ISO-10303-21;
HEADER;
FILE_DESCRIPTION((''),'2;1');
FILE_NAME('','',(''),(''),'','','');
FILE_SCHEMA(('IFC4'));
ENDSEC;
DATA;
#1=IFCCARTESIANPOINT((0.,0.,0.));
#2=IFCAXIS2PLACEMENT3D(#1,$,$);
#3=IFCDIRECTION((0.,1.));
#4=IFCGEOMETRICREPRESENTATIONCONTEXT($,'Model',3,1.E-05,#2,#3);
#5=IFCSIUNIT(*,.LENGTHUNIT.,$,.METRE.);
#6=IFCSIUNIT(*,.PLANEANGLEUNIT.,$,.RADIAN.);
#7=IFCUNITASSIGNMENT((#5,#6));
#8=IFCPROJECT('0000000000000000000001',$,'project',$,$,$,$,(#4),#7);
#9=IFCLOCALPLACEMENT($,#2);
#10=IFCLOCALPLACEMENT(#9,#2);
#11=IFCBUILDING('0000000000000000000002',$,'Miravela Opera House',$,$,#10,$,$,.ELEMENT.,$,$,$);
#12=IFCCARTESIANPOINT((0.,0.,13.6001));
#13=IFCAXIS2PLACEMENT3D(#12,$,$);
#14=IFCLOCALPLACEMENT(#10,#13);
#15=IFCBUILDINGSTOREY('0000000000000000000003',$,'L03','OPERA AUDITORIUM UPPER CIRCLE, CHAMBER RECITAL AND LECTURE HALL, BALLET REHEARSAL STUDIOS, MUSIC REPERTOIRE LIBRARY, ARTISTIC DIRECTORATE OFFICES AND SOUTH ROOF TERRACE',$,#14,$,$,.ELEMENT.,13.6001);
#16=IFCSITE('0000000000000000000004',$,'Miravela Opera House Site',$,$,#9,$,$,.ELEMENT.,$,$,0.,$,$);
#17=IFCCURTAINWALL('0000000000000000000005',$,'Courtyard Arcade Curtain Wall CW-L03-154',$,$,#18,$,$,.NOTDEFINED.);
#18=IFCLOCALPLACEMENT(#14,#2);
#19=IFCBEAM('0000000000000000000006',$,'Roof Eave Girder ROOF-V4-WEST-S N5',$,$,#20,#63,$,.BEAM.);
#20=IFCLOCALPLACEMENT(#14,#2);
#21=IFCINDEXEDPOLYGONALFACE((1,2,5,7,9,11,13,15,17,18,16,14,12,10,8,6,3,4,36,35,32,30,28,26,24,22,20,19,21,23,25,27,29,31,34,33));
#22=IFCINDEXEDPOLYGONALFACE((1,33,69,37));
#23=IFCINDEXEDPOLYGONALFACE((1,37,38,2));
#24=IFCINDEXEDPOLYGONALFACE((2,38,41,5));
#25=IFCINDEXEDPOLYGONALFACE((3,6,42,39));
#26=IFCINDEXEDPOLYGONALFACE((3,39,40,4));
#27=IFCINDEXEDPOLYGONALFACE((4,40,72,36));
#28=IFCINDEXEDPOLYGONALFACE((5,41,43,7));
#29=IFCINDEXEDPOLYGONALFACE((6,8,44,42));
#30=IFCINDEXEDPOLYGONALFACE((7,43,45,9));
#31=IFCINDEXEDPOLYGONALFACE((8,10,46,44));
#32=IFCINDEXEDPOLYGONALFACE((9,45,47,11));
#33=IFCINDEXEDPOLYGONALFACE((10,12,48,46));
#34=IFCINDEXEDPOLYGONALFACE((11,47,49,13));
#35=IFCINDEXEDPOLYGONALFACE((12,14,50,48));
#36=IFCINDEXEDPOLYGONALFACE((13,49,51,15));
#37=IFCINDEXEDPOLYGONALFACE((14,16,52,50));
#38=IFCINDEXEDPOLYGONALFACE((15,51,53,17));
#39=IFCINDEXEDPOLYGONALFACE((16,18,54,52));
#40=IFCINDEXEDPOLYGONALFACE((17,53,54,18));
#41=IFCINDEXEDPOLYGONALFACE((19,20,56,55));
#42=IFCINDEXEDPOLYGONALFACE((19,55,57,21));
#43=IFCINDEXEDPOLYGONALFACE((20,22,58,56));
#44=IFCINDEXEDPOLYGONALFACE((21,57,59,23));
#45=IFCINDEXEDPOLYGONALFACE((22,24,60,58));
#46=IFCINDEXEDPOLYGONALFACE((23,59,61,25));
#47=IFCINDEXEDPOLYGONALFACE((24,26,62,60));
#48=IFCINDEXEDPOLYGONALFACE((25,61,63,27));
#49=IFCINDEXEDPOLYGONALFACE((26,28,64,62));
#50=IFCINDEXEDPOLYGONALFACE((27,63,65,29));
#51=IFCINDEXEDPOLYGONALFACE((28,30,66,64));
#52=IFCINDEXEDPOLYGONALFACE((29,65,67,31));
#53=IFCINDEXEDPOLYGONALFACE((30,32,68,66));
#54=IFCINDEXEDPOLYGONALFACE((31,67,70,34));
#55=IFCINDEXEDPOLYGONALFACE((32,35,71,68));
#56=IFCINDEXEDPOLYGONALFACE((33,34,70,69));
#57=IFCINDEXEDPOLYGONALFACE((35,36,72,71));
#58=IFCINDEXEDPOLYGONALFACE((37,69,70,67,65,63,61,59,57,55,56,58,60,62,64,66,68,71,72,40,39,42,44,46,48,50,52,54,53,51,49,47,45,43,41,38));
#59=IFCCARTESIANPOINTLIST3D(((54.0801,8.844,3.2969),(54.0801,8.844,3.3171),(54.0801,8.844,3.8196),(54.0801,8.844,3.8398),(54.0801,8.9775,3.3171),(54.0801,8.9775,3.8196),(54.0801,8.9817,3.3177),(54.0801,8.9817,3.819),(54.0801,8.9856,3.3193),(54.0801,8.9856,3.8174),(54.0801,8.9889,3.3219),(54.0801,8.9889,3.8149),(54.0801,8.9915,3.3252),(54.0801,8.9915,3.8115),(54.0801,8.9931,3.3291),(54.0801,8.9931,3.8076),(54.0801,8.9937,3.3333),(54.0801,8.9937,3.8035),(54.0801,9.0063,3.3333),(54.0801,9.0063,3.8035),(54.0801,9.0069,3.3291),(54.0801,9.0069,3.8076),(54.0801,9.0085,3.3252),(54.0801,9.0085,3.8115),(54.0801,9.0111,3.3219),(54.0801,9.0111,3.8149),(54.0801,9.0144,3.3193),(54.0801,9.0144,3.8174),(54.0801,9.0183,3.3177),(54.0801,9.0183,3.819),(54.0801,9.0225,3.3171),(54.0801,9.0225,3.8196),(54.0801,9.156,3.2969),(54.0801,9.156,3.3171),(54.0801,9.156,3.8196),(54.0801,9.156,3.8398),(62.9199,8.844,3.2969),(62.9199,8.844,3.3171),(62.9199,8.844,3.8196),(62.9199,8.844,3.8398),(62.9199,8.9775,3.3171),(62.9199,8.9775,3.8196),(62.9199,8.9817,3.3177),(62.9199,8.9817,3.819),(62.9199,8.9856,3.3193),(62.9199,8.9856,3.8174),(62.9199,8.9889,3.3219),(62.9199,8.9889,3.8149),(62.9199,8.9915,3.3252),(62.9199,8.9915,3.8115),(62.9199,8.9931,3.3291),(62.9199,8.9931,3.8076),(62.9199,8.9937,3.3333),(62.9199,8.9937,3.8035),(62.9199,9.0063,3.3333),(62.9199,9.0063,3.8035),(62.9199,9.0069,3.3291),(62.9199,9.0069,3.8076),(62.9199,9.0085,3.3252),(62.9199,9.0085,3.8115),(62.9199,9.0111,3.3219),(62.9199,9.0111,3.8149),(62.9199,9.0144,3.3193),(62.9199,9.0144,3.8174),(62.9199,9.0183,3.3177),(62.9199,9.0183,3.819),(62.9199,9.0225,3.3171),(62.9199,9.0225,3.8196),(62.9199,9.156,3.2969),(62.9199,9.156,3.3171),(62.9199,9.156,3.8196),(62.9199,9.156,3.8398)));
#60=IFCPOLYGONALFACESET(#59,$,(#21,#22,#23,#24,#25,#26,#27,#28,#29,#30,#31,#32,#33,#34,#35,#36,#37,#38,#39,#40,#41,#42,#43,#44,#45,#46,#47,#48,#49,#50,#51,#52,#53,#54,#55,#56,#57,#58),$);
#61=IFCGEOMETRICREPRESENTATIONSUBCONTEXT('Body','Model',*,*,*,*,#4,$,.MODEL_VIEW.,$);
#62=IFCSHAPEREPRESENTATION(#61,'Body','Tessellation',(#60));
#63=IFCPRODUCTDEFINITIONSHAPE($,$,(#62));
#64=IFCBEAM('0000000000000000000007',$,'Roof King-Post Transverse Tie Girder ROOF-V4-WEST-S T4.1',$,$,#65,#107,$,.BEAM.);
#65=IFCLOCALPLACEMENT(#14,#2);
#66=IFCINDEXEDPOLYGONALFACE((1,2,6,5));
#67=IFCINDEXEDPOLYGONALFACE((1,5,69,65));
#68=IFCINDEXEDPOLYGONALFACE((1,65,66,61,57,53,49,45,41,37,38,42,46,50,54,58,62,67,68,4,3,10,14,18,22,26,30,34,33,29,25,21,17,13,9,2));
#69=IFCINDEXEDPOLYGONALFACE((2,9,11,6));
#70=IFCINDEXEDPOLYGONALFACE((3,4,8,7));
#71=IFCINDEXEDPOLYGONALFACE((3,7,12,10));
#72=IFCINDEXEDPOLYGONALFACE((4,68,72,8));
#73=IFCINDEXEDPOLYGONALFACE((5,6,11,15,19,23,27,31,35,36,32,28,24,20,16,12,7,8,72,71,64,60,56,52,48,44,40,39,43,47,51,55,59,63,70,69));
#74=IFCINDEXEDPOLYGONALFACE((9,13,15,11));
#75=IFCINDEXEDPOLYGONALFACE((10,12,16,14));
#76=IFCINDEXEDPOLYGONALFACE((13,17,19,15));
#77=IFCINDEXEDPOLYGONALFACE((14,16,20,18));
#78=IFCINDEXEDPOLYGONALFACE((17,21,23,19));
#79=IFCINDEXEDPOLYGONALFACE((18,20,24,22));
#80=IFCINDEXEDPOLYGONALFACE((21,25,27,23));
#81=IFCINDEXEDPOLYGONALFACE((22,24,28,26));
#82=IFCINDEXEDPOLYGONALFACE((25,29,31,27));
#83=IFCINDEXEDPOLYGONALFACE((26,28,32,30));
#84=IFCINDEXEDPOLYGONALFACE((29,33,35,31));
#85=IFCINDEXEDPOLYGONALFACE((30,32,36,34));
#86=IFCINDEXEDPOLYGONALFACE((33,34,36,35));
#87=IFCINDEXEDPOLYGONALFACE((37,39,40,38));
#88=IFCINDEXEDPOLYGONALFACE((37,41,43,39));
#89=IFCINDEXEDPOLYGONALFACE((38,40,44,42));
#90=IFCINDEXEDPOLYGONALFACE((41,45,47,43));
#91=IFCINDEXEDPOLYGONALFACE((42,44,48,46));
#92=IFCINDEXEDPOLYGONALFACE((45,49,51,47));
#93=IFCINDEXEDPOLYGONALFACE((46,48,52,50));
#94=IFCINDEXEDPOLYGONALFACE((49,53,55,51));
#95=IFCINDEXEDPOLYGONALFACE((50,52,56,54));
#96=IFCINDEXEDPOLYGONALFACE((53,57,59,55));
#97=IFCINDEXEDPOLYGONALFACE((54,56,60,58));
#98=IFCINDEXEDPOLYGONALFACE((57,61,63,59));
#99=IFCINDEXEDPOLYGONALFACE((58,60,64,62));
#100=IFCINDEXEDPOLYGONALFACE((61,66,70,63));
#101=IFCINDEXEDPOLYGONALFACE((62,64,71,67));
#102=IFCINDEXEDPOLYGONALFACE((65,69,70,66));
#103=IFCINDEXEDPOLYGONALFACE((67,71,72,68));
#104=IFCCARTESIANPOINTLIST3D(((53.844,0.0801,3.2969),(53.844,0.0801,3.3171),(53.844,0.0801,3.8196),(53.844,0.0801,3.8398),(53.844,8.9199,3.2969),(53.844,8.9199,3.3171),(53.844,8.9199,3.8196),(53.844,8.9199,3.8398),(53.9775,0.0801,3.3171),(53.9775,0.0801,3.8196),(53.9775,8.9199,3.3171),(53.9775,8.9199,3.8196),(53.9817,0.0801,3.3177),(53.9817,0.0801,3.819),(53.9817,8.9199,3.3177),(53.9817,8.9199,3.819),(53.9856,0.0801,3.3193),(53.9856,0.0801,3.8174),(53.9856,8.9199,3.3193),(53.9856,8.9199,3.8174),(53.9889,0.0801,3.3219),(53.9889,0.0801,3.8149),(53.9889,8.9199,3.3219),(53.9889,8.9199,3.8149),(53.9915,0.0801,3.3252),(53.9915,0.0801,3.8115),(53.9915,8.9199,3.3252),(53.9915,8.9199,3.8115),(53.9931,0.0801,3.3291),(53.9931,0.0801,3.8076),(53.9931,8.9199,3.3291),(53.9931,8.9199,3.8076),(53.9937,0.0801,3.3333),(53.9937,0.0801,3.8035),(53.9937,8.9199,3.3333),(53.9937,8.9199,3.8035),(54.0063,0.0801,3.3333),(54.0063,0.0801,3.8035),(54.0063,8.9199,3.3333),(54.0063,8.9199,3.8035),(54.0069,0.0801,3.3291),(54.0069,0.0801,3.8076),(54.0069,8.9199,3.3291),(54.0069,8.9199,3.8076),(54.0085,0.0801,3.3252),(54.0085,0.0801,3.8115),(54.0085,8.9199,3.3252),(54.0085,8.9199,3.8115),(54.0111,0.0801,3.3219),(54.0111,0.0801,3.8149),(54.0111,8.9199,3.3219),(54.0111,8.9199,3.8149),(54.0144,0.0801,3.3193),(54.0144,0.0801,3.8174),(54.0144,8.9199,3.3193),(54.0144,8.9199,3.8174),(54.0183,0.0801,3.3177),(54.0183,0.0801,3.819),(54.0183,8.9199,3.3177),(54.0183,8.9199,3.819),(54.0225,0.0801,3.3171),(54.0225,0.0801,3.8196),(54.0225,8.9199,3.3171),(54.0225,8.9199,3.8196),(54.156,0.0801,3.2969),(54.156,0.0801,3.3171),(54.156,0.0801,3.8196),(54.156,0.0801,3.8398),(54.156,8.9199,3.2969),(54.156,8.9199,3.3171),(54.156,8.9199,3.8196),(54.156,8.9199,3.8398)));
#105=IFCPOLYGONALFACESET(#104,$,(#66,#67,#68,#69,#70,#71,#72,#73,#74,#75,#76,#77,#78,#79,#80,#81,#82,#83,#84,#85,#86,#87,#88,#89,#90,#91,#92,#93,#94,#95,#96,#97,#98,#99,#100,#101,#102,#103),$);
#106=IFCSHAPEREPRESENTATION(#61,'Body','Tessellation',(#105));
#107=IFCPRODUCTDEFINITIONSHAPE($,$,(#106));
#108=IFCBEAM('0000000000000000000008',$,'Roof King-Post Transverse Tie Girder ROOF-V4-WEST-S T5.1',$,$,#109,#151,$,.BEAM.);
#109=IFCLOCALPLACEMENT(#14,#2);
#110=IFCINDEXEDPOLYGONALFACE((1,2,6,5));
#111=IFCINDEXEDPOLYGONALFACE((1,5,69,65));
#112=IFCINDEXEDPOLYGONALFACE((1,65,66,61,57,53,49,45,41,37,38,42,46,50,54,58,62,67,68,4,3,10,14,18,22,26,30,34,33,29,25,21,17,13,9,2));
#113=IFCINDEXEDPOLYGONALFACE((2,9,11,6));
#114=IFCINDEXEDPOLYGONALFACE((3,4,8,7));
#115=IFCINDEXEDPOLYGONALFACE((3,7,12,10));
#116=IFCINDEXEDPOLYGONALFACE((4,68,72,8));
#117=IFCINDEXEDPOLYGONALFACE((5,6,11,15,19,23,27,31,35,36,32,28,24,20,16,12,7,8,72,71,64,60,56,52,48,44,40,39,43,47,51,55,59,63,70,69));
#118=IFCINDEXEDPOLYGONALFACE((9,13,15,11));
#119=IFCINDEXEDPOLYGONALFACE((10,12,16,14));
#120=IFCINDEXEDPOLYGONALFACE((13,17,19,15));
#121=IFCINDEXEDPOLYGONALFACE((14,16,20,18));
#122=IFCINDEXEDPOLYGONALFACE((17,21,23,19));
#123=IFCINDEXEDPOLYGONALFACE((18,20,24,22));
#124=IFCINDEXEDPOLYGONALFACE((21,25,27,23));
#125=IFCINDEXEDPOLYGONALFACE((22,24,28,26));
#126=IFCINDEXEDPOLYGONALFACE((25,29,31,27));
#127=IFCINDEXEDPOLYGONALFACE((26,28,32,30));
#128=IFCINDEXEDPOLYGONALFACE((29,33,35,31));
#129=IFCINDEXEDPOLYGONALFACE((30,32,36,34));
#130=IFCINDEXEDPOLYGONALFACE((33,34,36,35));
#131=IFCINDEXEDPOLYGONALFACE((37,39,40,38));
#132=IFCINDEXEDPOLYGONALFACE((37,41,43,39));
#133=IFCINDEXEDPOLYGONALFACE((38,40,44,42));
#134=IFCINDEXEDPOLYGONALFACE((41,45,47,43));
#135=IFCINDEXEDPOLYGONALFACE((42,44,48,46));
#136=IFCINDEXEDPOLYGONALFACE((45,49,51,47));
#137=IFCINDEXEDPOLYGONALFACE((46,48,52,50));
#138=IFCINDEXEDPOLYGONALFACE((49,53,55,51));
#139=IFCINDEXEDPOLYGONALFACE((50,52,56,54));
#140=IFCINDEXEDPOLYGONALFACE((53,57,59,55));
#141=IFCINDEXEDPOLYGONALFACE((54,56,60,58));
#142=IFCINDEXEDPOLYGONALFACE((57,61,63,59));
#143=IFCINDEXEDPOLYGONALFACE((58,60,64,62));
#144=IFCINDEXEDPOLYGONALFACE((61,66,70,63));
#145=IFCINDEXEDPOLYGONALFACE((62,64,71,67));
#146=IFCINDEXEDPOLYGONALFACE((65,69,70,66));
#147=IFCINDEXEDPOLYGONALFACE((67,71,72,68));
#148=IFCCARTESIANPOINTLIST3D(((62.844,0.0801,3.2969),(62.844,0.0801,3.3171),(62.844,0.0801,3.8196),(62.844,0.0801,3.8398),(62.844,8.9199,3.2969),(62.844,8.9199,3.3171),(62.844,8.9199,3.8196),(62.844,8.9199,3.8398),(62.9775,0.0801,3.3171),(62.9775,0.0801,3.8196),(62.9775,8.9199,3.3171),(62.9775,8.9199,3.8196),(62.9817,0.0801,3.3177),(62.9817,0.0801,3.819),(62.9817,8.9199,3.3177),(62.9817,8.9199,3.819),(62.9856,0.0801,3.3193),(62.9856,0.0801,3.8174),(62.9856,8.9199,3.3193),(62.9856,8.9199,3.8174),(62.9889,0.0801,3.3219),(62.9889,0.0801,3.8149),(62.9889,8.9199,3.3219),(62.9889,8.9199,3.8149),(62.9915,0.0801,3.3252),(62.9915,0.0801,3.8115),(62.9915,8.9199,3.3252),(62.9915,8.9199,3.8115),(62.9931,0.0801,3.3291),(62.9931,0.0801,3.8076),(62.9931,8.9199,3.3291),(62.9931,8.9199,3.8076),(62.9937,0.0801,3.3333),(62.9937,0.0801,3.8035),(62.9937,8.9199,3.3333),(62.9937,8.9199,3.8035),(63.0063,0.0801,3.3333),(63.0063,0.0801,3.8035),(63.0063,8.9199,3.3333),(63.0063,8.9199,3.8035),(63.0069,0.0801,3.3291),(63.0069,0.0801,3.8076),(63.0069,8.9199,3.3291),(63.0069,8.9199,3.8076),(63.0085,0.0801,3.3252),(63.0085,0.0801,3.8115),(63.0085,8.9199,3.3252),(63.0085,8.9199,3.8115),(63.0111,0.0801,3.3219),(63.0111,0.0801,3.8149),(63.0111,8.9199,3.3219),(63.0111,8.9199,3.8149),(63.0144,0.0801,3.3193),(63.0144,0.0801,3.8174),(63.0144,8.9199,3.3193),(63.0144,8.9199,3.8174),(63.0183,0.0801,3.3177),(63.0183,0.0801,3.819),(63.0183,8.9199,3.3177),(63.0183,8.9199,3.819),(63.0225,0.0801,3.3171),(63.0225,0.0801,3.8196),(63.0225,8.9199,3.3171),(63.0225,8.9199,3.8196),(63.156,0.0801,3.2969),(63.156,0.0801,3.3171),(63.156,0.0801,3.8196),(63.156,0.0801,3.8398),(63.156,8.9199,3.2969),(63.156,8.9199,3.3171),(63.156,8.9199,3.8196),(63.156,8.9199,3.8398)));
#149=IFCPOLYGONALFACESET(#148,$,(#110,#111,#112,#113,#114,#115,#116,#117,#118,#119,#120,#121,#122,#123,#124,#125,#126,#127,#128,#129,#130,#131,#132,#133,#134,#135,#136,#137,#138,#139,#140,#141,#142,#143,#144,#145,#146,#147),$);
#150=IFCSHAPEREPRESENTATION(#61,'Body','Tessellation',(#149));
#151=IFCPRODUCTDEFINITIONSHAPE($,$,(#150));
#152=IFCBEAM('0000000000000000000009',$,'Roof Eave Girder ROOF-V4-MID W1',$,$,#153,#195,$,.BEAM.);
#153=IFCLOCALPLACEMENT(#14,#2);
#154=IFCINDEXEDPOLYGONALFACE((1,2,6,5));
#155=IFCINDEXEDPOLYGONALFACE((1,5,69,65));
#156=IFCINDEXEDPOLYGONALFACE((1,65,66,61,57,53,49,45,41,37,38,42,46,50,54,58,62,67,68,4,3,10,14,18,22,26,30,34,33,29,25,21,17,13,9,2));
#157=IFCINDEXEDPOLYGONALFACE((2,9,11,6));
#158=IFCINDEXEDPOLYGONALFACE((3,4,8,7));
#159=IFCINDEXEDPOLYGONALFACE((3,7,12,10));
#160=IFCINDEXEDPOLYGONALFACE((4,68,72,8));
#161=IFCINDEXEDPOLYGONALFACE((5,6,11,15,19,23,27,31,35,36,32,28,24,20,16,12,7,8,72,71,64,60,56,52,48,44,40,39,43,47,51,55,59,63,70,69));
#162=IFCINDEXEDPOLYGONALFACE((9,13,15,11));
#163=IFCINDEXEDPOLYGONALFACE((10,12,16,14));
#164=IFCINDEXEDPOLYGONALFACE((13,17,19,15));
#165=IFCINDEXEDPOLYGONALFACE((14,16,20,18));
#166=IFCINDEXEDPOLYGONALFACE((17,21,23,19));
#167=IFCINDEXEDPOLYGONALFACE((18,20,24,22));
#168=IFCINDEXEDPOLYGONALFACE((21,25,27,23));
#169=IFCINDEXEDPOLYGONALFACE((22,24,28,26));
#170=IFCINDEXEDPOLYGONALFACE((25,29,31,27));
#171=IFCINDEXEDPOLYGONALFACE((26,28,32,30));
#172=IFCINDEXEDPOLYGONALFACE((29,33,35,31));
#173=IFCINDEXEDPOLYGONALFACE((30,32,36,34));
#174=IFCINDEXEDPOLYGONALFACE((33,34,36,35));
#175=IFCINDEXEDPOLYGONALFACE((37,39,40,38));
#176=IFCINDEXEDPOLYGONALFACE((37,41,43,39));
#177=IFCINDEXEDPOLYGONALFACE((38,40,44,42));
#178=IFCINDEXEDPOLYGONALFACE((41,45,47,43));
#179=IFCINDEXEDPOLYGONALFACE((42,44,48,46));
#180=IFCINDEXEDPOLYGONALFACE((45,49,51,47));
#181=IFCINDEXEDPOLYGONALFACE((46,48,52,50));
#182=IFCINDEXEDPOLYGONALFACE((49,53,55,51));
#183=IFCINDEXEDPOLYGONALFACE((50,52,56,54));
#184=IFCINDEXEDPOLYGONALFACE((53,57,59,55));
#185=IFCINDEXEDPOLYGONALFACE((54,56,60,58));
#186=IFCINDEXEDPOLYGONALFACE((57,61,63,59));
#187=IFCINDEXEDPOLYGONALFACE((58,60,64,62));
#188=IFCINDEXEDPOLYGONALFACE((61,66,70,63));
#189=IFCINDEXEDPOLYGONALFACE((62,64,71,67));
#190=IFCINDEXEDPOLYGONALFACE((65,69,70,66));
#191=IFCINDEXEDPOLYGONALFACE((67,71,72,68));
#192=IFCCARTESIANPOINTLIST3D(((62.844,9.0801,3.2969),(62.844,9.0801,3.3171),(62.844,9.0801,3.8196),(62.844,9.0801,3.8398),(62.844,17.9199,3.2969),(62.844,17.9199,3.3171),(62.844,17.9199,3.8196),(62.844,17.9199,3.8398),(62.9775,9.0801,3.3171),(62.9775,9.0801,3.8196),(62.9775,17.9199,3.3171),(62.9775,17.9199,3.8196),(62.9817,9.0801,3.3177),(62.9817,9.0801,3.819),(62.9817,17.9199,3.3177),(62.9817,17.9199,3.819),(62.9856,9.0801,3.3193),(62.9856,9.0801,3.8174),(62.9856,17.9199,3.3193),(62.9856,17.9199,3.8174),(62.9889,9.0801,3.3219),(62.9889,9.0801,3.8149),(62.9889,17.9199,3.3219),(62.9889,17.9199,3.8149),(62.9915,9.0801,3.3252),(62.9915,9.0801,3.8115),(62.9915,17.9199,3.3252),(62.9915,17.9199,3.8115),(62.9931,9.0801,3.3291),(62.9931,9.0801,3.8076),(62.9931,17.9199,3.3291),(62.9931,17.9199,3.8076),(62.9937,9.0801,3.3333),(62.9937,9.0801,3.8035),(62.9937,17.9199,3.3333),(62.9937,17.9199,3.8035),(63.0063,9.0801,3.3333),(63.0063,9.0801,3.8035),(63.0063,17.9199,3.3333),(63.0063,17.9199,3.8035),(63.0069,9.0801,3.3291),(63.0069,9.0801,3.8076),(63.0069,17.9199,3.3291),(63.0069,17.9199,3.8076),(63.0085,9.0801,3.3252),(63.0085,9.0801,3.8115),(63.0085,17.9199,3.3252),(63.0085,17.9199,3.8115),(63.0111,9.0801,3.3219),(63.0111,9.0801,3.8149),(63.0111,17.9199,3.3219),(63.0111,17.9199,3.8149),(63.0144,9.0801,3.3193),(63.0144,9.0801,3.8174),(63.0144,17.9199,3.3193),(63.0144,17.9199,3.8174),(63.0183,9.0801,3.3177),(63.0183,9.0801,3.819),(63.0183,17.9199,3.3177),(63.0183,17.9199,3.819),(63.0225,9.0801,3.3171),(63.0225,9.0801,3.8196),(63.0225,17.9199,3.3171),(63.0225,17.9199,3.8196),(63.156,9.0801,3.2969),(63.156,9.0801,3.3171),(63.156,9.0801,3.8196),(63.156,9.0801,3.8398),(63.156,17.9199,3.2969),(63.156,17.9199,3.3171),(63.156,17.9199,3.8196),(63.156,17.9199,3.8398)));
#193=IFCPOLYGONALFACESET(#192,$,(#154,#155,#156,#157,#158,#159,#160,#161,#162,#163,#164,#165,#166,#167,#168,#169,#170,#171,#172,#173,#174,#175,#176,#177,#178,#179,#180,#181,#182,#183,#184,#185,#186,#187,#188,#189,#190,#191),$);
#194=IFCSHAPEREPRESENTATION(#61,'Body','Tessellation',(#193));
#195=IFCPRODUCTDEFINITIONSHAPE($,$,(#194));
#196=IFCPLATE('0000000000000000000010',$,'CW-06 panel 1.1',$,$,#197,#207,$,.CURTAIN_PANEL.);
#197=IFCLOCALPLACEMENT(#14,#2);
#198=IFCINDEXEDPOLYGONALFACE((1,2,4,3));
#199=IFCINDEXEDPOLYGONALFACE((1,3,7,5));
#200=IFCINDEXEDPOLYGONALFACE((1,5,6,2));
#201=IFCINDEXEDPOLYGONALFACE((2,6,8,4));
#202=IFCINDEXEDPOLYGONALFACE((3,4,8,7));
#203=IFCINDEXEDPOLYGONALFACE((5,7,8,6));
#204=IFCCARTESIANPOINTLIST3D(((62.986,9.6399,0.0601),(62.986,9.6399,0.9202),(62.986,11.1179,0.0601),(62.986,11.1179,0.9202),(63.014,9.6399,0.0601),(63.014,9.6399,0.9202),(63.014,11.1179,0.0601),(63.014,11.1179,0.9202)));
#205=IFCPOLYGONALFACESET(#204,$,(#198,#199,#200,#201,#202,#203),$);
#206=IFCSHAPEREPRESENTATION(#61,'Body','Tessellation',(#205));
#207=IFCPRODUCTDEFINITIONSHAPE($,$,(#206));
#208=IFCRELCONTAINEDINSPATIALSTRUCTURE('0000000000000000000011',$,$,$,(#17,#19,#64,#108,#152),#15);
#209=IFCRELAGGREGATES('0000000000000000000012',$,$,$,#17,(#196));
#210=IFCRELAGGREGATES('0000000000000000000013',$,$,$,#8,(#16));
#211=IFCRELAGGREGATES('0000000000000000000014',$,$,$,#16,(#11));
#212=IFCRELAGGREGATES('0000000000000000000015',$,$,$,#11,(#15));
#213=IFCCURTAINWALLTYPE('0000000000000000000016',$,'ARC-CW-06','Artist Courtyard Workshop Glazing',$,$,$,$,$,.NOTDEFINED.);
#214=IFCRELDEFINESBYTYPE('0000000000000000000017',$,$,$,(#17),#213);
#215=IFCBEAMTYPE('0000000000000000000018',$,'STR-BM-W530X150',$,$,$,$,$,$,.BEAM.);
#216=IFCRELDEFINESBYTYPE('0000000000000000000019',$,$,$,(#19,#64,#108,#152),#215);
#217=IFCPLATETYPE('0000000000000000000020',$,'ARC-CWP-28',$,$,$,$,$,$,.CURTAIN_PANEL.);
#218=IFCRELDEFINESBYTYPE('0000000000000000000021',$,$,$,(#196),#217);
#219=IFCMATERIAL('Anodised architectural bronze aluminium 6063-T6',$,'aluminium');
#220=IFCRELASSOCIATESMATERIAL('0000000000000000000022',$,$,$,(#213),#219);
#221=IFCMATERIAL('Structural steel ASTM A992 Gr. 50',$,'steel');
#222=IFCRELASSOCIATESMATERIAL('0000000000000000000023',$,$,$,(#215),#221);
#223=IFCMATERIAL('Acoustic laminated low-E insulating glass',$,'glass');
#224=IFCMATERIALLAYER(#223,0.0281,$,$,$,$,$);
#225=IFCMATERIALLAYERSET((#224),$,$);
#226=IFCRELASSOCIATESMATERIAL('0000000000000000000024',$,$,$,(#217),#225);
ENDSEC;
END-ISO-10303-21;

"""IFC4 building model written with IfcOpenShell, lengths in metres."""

from ifc_helpers import new_model, si_unit, direction, frame, origin, origin_2d, place, context, subcontext, project, spatial, rectangle, i_section, extrude, material, layer, layer_set, material_profile, profile_set, type_object, element, aggregate, save


model = new_model("IFC4")

# Units and contexts
model_context = context("Model", 3, precision=1e-05, world=origin(), true_north=direction((0.0, 1.0)))
body_context = subcontext(model_context, "Body", "Model", "MODEL_VIEW")
ifc_project = project(units=[si_unit("LENGTHUNIT", "METRE"), si_unit("PLANEANGLEUNIT", "RADIAN")], contexts=[model_context])

# Site, building, storey
site_placement = place(None, origin())
site = spatial("IfcSite", under=ifc_project, at=site_placement, Name="Miravela Opera House Site", CompositionType="ELEMENT", RefElevation=0.0)
building_placement = place(site_placement, origin())
building = spatial("IfcBuilding", under=site, at=building_placement, Name="Miravela Opera House", CompositionType="ELEMENT")
storey_placement = place(building_placement, frame((0.0, 0.0, 13.6001)))
storey = spatial("IfcBuildingStorey", under=building, at=storey_placement, Name="L03", Description="OPERA AUDITORIUM UPPER CIRCLE, CHAMBER RECITAL AND LECTURE HALL, BALLET REHEARSAL STUDIOS, MUSIC REPERTOIRE LIBRARY, ARTISTIC DIRECTORATE OFFICES AND SOUTH ROOF TERRACE", CompositionType="ELEMENT", Elevation=13.6001)

# Curtain wall
ifc_material_1 = material(Name="Anodised architectural bronze aluminium 6063-T6", Category="aluminium")
curtain_wall_type = type_object("IfcCurtainWallType", Name="ARC-CW-06", Description="Artist Courtyard Workshop Glazing", PredefinedType="NOTDEFINED", material=ifc_material_1)
curtain_wall_placement = place(storey_placement, origin())
curtain_wall = element("IfcCurtainWall", 1, at=curtain_wall_placement, inside=storey, type_object=curtain_wall_type, Name="Courtyard Arcade Curtain Wall CW-L03-154", PredefinedType="NOTDEFINED")

# Beams
ifc_material_2 = material(Name="Structural steel ASTM A992 Gr. 50", Category="steel")
ifc_material_profile_1 = material_profile(ifc_material_2, i_section(OverallWidth=0.312, OverallDepth=0.543, WebThickness=0.0127, FlangeThickness=0.0203, FilletRadius=0.0161, at=origin_2d()), Name="W530X150")
ifc_profile_set_1 = profile_set([ifc_material_profile_1])
beam_type = type_object("IfcBeamType", Name="STR-BM-W530X150", PredefinedType="BEAM", material=ifc_profile_set_1)
for number, where, z_axis, x_axis, name in (
    (2, (54.0801, 9.0, 3.5684), (1.0, 0.0, 0.0), (0.0, 1.0, 0.0), "Roof Eave Girder ROOF-V4-WEST-S N5"),
    (3, (54.0, 0.0801, 3.5684), (0.0, 1.0, 0.0), (-1.0, 0.0, 0.0), "Roof King-Post Transverse Tie Girder ROOF-V4-WEST-S T4.1"),
    (4, (63.0, 0.0801, 3.5684), (0.0, 1.0, 0.0), (-1.0, 0.0, 0.0), "Roof King-Post Transverse Tie Girder ROOF-V4-WEST-S T5.1"),
    (5, (63.0, 9.0801, 3.5684), (0.0, 1.0, 0.0), (-1.0, 0.0, 0.0), "Roof Eave Girder ROOF-V4-MID W1"),
):
    element("IfcBeam", number, at=place(storey_placement, frame(where, z_axis=z_axis, x_axis=x_axis)), inside=storey, type_object=beam_type, Name=name, PredefinedType="BEAM", context=body_context, shape_type="SweptSolid", body=[
        extrude(i_section(OverallWidth=0.312, OverallDepth=0.543, WebThickness=0.0127, FlangeThickness=0.0203, FilletRadius=0.0161, at=origin_2d()), origin(), (0.0, 0.0, 1.0), 8.8398),
    ])

# Plate
ifc_material_3 = material(Name="Acoustic laminated low-E insulating glass", Category="glass")
ifc_layer = layer(ifc_material_3, 0.0281)
ifc_layer_set = layer_set([ifc_layer])
plate_type = type_object("IfcPlateType", Name="ARC-CWP-28", PredefinedType="CURTAIN_PANEL", material=ifc_layer_set)
plate_1_placement = place(storey_placement, frame((63.0, 10.3789, 0.0601), z_axis=(0.0, 0.0, 1.0), x_axis=(0.0, 1.0, 0.0)))
plate_1 = element("IfcPlate", 6, at=plate_1_placement, type_object=plate_type, Name="CW-06 panel 1.1", PredefinedType="CURTAIN_PANEL", context=body_context, shape_type="SweptSolid", body=[
    extrude(rectangle(XDim=1.478, YDim=0.0281, at=origin_2d()), origin(), (0.0, 0.0, 1.0), 0.8601),
])
aggregate(curtain_wall, [plate_1])

save(model, "model.ifc")
